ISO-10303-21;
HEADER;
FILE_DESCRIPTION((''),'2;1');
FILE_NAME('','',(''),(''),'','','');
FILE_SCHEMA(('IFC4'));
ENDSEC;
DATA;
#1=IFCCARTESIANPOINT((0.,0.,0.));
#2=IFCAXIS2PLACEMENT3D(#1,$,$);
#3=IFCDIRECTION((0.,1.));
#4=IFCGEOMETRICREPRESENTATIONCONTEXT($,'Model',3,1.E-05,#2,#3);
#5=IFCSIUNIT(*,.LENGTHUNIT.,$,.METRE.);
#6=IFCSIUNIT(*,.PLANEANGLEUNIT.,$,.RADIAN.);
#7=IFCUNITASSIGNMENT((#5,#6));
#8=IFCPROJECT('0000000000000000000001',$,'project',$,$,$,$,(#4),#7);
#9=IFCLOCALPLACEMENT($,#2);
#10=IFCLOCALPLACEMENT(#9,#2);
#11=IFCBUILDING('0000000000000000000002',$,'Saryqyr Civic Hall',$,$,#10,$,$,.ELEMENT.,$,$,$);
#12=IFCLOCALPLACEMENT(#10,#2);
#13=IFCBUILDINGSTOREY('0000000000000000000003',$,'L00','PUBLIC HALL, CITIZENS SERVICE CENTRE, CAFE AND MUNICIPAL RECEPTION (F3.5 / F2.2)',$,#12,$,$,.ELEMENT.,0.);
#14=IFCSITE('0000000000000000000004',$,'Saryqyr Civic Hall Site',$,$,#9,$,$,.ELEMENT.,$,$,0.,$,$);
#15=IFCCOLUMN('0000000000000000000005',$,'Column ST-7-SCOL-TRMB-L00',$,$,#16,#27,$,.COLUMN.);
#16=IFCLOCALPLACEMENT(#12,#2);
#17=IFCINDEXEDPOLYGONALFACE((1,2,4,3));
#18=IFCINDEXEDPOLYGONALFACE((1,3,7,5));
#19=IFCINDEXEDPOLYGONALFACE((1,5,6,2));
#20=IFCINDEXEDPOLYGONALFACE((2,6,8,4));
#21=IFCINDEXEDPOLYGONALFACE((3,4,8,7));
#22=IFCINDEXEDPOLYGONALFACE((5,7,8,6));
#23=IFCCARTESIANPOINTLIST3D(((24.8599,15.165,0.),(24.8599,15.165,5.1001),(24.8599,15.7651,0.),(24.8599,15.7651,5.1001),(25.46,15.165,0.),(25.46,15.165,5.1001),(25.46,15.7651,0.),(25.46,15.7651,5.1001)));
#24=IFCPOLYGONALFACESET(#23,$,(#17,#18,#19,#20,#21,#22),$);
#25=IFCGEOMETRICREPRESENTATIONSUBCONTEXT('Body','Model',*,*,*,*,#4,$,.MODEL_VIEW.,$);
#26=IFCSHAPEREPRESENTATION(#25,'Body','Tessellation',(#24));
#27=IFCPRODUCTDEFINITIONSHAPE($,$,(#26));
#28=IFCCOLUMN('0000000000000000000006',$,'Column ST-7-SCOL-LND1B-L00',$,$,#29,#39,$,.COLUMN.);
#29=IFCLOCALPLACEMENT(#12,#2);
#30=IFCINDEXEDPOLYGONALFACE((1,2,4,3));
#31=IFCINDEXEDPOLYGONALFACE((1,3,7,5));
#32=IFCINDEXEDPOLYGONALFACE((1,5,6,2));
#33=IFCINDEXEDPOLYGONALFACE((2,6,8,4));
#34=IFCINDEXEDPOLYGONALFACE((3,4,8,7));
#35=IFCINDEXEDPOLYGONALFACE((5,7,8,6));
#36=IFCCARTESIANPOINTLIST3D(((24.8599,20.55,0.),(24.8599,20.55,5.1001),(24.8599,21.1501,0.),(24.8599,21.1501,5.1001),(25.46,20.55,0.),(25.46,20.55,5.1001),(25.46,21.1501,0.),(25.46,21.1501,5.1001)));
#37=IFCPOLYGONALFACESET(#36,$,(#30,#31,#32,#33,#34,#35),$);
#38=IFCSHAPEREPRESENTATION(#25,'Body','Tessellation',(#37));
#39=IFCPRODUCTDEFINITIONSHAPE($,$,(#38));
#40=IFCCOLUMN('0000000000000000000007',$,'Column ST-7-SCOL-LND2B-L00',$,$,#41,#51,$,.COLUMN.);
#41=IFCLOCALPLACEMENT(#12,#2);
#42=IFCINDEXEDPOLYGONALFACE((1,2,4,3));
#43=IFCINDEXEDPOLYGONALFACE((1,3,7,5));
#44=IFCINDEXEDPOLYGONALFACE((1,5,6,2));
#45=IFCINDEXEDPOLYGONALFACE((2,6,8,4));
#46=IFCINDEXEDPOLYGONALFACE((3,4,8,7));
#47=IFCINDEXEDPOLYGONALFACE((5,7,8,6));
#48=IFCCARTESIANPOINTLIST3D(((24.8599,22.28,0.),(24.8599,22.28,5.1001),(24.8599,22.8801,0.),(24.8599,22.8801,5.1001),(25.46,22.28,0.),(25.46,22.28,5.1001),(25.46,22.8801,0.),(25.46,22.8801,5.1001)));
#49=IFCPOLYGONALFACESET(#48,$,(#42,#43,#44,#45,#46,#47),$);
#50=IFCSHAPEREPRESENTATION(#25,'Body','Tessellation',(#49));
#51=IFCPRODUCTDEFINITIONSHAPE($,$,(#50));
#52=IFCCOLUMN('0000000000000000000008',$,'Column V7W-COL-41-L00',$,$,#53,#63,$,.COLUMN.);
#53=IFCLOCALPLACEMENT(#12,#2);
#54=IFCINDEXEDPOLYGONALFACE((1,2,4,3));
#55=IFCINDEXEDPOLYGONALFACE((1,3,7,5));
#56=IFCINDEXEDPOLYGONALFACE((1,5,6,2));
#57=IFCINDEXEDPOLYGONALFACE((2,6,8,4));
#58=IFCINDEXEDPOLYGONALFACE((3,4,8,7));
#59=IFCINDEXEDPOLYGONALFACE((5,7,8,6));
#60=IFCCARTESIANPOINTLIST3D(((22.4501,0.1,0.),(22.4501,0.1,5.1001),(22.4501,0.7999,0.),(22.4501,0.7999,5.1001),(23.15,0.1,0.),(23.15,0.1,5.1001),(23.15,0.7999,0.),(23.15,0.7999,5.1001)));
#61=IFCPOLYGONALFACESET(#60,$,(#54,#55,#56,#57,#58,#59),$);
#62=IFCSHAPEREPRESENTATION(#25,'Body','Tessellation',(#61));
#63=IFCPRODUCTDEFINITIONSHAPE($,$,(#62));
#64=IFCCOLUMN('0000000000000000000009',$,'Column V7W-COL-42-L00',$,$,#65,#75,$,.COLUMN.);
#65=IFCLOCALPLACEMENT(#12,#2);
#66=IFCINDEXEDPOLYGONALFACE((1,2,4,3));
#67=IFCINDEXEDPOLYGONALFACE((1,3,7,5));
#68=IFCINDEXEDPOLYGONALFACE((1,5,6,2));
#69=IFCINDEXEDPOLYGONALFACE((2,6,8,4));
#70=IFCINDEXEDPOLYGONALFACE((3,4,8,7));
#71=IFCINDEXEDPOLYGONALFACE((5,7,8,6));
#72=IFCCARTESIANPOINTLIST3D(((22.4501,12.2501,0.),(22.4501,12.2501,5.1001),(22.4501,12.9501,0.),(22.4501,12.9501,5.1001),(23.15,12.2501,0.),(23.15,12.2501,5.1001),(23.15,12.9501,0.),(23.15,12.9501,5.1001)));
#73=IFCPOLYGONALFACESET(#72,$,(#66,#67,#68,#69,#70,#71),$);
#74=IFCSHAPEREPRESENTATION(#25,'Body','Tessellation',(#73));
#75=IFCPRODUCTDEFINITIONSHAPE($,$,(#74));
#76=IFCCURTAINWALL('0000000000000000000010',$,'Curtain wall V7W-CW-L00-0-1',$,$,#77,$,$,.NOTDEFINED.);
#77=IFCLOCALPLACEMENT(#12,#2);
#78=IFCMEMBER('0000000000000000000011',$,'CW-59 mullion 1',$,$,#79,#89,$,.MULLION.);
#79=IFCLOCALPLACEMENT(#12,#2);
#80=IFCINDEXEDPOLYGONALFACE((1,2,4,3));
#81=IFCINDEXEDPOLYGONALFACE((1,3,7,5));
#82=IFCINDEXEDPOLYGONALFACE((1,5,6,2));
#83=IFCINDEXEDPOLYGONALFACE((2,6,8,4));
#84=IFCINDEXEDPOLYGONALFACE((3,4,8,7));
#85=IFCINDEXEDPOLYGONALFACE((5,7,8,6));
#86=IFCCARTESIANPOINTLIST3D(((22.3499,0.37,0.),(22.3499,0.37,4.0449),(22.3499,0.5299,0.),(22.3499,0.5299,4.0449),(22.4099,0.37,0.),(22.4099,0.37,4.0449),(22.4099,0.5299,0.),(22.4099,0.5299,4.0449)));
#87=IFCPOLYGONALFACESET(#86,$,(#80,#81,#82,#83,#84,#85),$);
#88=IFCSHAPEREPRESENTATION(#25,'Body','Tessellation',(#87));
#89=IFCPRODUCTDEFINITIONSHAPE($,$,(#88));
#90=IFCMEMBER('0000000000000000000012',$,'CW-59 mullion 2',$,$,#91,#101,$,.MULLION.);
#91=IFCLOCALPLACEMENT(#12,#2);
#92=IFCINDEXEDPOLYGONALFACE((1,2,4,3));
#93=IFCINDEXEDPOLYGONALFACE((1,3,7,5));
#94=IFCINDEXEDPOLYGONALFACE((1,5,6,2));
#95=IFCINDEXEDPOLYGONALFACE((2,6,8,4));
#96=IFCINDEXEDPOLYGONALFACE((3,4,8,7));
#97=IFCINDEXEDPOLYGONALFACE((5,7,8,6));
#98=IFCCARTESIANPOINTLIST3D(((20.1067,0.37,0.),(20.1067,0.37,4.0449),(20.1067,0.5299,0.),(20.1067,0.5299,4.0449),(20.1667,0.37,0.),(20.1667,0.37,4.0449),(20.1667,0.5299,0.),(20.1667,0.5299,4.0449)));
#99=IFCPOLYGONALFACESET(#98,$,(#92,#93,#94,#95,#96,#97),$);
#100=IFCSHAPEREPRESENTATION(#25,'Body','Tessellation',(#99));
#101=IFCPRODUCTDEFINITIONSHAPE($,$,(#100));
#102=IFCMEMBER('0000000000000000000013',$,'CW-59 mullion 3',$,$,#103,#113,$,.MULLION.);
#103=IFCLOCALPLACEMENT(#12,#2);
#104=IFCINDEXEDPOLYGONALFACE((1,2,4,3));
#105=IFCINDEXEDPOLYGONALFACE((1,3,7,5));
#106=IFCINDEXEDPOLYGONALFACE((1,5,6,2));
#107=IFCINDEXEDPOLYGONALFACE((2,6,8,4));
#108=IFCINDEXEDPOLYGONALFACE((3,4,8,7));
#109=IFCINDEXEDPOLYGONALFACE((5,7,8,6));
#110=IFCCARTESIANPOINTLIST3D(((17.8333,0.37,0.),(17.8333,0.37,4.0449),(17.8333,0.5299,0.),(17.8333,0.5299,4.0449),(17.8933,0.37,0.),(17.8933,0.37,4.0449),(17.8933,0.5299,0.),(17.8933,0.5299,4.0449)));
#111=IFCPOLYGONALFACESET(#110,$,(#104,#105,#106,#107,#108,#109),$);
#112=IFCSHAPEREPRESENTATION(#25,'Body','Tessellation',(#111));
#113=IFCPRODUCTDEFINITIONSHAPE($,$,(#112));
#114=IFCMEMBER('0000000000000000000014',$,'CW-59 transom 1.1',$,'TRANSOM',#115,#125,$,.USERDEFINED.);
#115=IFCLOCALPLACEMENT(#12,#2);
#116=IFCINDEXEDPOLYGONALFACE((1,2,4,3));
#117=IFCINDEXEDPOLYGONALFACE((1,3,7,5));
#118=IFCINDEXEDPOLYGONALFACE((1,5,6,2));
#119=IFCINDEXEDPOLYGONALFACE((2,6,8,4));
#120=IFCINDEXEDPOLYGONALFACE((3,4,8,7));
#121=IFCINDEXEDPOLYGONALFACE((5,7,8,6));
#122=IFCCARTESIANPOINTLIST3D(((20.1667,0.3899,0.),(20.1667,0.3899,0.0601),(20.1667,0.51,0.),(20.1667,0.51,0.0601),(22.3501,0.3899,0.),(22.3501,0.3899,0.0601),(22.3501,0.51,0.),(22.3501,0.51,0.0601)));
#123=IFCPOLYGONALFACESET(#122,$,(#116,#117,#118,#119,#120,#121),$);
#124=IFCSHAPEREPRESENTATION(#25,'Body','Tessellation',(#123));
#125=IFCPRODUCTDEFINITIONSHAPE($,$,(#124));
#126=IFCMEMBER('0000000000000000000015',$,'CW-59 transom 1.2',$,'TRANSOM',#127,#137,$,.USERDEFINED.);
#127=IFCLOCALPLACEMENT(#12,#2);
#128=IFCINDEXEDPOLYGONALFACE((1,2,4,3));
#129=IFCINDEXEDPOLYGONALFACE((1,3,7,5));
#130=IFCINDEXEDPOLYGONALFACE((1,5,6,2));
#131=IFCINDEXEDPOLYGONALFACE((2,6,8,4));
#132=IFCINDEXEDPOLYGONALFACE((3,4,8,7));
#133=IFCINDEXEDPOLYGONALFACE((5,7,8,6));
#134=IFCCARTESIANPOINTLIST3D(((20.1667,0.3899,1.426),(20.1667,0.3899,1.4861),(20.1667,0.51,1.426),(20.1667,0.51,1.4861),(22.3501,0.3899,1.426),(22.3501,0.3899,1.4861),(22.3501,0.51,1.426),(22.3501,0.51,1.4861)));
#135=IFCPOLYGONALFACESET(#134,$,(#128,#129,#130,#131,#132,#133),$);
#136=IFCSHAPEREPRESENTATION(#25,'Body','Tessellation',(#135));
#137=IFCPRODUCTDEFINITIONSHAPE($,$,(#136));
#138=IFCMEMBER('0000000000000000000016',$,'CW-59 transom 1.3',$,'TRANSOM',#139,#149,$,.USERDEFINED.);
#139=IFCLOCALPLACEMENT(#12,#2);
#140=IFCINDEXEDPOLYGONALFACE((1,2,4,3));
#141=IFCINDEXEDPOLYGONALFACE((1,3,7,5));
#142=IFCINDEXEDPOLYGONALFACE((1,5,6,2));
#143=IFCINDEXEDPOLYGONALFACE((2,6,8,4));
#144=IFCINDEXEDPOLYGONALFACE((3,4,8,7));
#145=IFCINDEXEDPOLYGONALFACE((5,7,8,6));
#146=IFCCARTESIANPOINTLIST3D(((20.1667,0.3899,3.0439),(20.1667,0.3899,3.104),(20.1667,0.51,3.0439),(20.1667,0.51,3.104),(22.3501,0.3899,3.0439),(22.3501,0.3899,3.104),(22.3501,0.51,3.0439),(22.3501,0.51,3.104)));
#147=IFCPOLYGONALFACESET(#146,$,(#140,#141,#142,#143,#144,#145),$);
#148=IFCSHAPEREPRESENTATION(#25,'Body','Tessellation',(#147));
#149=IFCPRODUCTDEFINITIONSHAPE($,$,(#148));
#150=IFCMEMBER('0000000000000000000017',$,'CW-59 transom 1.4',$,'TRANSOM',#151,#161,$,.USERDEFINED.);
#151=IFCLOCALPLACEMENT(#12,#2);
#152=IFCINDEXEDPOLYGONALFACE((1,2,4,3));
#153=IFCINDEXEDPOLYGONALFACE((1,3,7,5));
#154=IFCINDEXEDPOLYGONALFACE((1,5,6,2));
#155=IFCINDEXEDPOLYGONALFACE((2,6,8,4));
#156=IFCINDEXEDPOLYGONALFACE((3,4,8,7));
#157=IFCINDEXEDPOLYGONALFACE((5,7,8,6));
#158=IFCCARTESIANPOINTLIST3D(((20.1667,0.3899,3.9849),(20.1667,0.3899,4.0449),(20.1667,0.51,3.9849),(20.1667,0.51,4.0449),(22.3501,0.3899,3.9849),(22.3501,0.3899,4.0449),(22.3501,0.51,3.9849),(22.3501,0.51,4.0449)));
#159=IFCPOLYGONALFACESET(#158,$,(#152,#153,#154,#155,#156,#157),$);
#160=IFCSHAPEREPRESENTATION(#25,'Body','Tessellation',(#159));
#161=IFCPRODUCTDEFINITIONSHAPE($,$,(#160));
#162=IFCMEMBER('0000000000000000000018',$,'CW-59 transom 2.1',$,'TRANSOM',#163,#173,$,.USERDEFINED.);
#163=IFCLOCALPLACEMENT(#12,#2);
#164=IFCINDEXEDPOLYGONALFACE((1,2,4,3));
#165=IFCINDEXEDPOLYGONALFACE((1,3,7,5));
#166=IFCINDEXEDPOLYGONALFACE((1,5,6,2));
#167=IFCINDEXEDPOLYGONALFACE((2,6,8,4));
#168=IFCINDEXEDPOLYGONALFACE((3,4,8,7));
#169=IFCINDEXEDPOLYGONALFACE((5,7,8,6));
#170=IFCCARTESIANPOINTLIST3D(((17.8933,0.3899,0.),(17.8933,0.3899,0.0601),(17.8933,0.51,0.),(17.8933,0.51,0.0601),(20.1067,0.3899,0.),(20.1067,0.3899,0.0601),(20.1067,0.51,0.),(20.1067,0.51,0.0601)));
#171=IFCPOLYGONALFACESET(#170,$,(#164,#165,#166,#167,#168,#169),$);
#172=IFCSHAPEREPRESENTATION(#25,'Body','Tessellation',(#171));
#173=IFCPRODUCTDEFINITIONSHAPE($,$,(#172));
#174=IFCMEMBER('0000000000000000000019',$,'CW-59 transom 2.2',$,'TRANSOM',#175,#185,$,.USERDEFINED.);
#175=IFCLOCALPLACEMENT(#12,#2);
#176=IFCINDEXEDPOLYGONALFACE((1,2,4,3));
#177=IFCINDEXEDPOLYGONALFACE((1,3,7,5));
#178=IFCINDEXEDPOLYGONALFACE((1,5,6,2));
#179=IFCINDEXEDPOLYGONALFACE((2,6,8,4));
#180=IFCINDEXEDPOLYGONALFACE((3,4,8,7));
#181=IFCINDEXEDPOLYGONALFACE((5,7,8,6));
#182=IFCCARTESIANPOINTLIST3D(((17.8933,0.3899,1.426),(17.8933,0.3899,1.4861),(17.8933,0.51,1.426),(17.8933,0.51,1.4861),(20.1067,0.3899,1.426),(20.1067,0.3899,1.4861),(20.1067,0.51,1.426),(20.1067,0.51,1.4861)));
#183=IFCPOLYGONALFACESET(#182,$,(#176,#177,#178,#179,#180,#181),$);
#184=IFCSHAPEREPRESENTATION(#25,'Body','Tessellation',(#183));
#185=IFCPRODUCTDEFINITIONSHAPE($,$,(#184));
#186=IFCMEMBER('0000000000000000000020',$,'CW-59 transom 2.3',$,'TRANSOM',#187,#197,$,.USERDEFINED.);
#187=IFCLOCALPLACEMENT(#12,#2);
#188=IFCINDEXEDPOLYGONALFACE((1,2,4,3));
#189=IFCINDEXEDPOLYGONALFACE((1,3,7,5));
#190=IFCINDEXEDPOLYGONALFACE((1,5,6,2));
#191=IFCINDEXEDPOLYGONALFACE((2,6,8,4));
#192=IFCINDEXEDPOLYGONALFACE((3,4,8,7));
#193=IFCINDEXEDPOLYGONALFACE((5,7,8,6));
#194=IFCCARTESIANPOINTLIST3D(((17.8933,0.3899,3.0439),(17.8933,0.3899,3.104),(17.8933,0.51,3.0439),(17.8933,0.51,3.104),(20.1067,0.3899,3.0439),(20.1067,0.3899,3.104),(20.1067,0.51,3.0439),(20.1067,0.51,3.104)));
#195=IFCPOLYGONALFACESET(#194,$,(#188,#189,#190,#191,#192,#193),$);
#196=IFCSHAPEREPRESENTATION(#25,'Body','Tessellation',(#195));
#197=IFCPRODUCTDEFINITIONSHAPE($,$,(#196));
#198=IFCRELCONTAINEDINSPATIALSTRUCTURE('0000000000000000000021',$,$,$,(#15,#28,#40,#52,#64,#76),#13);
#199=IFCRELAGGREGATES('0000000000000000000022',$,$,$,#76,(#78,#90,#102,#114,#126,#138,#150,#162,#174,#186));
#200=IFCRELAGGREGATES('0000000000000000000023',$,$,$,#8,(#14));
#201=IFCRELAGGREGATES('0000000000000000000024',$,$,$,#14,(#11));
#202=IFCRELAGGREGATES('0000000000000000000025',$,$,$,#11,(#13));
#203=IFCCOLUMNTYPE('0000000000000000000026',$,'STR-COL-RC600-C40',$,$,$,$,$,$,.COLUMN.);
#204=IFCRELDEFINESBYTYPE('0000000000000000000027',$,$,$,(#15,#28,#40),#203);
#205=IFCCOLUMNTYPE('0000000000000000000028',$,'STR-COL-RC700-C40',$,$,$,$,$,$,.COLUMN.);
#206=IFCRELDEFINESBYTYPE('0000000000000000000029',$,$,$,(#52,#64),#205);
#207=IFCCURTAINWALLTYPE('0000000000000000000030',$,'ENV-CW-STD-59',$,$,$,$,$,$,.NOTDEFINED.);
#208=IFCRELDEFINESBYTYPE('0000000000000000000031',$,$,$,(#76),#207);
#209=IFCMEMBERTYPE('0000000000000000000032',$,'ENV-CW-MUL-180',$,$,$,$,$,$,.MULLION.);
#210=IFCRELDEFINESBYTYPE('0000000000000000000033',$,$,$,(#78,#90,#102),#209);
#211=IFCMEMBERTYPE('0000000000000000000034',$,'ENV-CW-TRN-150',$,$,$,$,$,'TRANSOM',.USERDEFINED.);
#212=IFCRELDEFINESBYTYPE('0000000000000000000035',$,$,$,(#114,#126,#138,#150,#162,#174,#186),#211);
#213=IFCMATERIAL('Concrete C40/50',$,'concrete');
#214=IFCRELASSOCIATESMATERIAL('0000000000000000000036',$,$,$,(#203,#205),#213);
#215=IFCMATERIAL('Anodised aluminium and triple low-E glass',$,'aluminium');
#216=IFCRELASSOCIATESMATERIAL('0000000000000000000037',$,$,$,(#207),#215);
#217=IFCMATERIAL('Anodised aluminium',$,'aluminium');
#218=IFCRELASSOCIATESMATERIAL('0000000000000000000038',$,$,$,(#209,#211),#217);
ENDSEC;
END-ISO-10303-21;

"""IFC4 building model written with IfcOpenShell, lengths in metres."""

from ifc_helpers import new_model, si_unit, direction, frame, origin, origin_2d, place, context, subcontext, project, spatial, rectangle, extrude, material, material_profile, profile_set, type_object, element, aggregate, save


model = new_model("IFC4")

# Units and contexts
model_context = context("Model", 3, precision=1e-05, world=origin(), true_north=direction((0.0, 1.0)))
body_context = subcontext(model_context, "Body", "Model", "MODEL_VIEW")
ifc_project = project(units=[si_unit("LENGTHUNIT", "METRE"), si_unit("PLANEANGLEUNIT", "RADIAN")], contexts=[model_context])

# Site, building, storey
site_placement = place(None, origin())
site = spatial("IfcSite", under=ifc_project, at=site_placement, Name="Saryqyr Civic Hall Site", CompositionType="ELEMENT", RefElevation=0.0)
building_placement = place(site_placement, origin())
building = spatial("IfcBuilding", under=site, at=building_placement, Name="Saryqyr Civic Hall", CompositionType="ELEMENT")
storey_placement = place(building_placement, origin())
storey = spatial("IfcBuildingStorey", under=building, at=storey_placement, Name="L00", Description="PUBLIC HALL, CITIZENS SERVICE CENTRE, CAFE AND MUNICIPAL RECEPTION (F3.5 / F2.2)", CompositionType="ELEMENT", Elevation=0.0)

# Columns
ifc_material_1 = material(Name="Concrete C40/50", Category="concrete")
ifc_material_profile_1 = material_profile(ifc_material_1, rectangle(XDim=0.6001, YDim=0.6001, at=origin_2d()), Name="RC 600x600")
ifc_profile_set_1 = profile_set([ifc_material_profile_1], Name="Concrete C40/50")
column_type_1 = type_object("IfcColumnType", Name="STR-COL-RC600-C40", PredefinedType="COLUMN", material=ifc_profile_set_1)
for number, where, z_axis, x_axis, name in (
    (1, (25.1599, 15.4651, 0.0), (0.0, 0.0, 1.0), (1.0, 0.0, 0.0), "Column ST-7-SCOL-TRMB-L00"),
    (2, (25.1599, 20.8501, 0.0), (0.0, 0.0, 1.0), (1.0, 0.0, 0.0), "Column ST-7-SCOL-LND1B-L00"),
    (3, (25.1599, 22.5801, 0.0), (0.0, 0.0, 1.0), (1.0, 0.0, 0.0), "Column ST-7-SCOL-LND2B-L00"),
):
    element("IfcColumn", number, at=place(storey_placement, frame(where, z_axis=z_axis, x_axis=x_axis)), inside=storey, type_object=column_type_1, Name=name, PredefinedType="COLUMN", context=body_context, shape_type="SweptSolid", body=[
        extrude(rectangle(XDim=0.6001, YDim=0.6001, at=origin_2d()), origin(), (0.0, 0.0, 1.0), 5.1001),
    ])
ifc_material_profile_2 = material_profile(ifc_material_1, rectangle(XDim=0.7, YDim=0.7, at=origin_2d()), Name="RC 700x700")
ifc_profile_set_2 = profile_set([ifc_material_profile_2], Name="Concrete C40/50")
column_type_2 = type_object("IfcColumnType", Name="STR-COL-RC700-C40", PredefinedType="COLUMN", material=ifc_profile_set_2)
for number, where, z_axis, x_axis, name in (
    (4, (22.8, 0.45, 0.0), (0.0, 0.0, 1.0), (1.0, 0.0, 0.0), "Column V7W-COL-41-L00"),
    (5, (22.8, 12.6001, 0.0), (0.0, 0.0, 1.0), (1.0, 0.0, 0.0), "Column V7W-COL-42-L00"),
):
    element("IfcColumn", number, at=place(storey_placement, frame(where, z_axis=z_axis, x_axis=x_axis)), inside=storey, type_object=column_type_2, Name=name, PredefinedType="COLUMN", context=body_context, shape_type="SweptSolid", body=[
        extrude(rectangle(XDim=0.7, YDim=0.7, at=origin_2d()), origin(), (0.0, 0.0, 1.0), 5.1001),
    ])

# Curtain wall, members
ifc_material_2 = material(Name="Anodised aluminium and triple low-E glass", Category="aluminium")
curtain_wall_type = type_object("IfcCurtainWallType", Name="ENV-CW-STD-59", PredefinedType="NOTDEFINED", material=ifc_material_2)
curtain_wall_placement = place(storey_placement, origin())
curtain_wall = element("IfcCurtainWall", 6, at=curtain_wall_placement, inside=storey, type_object=curtain_wall_type, Name="Curtain wall V7W-CW-L00-0-1", PredefinedType="NOTDEFINED")
ifc_material_3 = material(Name="Anodised aluminium", Category="aluminium")
ifc_material_profile_3 = material_profile(ifc_material_3, rectangle(XDim=0.0601, YDim=0.1599, at=origin_2d()), Name="ALU MULLION 60x160")
ifc_profile_set_3 = profile_set([ifc_material_profile_3], Name="Anodised aluminium")
member_type_1 = type_object("IfcMemberType", Name="ENV-CW-MUL-180", PredefinedType="MULLION", material=ifc_profile_set_3)
member_1_placement = place(storey_placement, frame((22.3799, 0.45, 0.0), z_axis=(0.0, 0.0, 1.0), x_axis=(-1.0, 0.0, 0.0)))
member_1 = element("IfcMember", 7, at=member_1_placement, type_object=member_type_1, Name="CW-59 mullion 1", PredefinedType="MULLION", context=body_context, shape_type="SweptSolid", body=[
    extrude(rectangle(XDim=0.0601, YDim=0.1599, at=origin_2d()), origin(), (0.0, 0.0, 1.0), 4.0449),
])
member_2_placement = place(storey_placement, frame((20.1367, 0.45, 0.0), z_axis=(0.0, 0.0, 1.0), x_axis=(-1.0, 0.0, 0.0)))
member_2 = element("IfcMember", 8, at=member_2_placement, type_object=member_type_1, Name="CW-59 mullion 2", PredefinedType="MULLION", context=body_context, shape_type="SweptSolid", body=[
    extrude(rectangle(XDim=0.0601, YDim=0.1599, at=origin_2d()), origin(), (0.0, 0.0, 1.0), 4.0449),
])
member_3_placement = place(storey_placement, frame((17.8633, 0.45, 0.0), z_axis=(0.0, 0.0, 1.0), x_axis=(-1.0, 0.0, 0.0)))
member_3 = element("IfcMember", 9, at=member_3_placement, type_object=member_type_1, Name="CW-59 mullion 3", PredefinedType="MULLION", context=body_context, shape_type="SweptSolid", body=[
    extrude(rectangle(XDim=0.0601, YDim=0.1599, at=origin_2d()), origin(), (0.0, 0.0, 1.0), 4.0449),
])
ifc_material_profile_4 = material_profile(ifc_material_3, rectangle(XDim=0.1201, YDim=0.0601, at=origin_2d()), Name="ALU TRANSOM 120x60")
ifc_profile_set_4 = profile_set([ifc_material_profile_4], Name="Anodised aluminium")
member_type_2 = type_object("IfcMemberType", Name="ENV-CW-TRN-150", ElementType="TRANSOM", PredefinedType="USERDEFINED", material=ifc_profile_set_4)
member_4_placement = place(storey_placement, frame((22.3501, 0.45, 0.03), z_axis=(-1.0, 0.0, 0.0), x_axis=(0.0, -1.0, 0.0)))
member_4 = element("IfcMember", 10, at=member_4_placement, type_object=member_type_2, Name="CW-59 transom 1.1", ObjectType="TRANSOM", PredefinedType="USERDEFINED", context=body_context, shape_type="SweptSolid", body=[
    extrude(rectangle(XDim=0.1201, YDim=0.0601, at=origin_2d()), origin(), (0.0, 0.0, 1.0), 2.1833),
])
member_5_placement = place(storey_placement, frame((22.3501, 0.45, 1.4561), z_axis=(-1.0, 0.0, 0.0), x_axis=(0.0, -1.0, 0.0)))
member_5 = element("IfcMember", 11, at=member_5_placement, type_object=member_type_2, Name="CW-59 transom 1.2", ObjectType="TRANSOM", PredefinedType="USERDEFINED", context=body_context, shape_type="SweptSolid", body=[
    extrude(rectangle(XDim=0.1201, YDim=0.0601, at=origin_2d()), origin(), (0.0, 0.0, 1.0), 2.1833),
])
member_6_placement = place(storey_placement, frame((22.3501, 0.45, 3.074), z_axis=(-1.0, 0.0, 0.0), x_axis=(0.0, -1.0, 0.0)))
member_6 = element("IfcMember", 12, at=member_6_placement, type_object=member_type_2, Name="CW-59 transom 1.3", ObjectType="TRANSOM", PredefinedType="USERDEFINED", context=body_context, shape_type="SweptSolid", body=[
    extrude(rectangle(XDim=0.1201, YDim=0.0601, at=origin_2d()), origin(), (0.0, 0.0, 1.0), 2.1833),
])
member_7_placement = place(storey_placement, frame((22.3501, 0.45, 4.0149), z_axis=(-1.0, 0.0, 0.0), x_axis=(0.0, -1.0, 0.0)))
member_7 = element("IfcMember", 13, at=member_7_placement, type_object=member_type_2, Name="CW-59 transom 1.4", ObjectType="TRANSOM", PredefinedType="USERDEFINED", context=body_context, shape_type="SweptSolid", body=[
    extrude(rectangle(XDim=0.1201, YDim=0.0601, at=origin_2d()), origin(), (0.0, 0.0, 1.0), 2.1833),
])
member_8_placement = place(storey_placement, frame((20.1067, 0.45, 0.03), z_axis=(-1.0, 0.0, 0.0), x_axis=(0.0, -1.0, 0.0)))
member_8 = element("IfcMember", 14, at=member_8_placement, type_object=member_type_2, Name="CW-59 transom 2.1", ObjectType="TRANSOM", PredefinedType="USERDEFINED", context=body_context, shape_type="SweptSolid", body=[
    extrude(rectangle(XDim=0.1201, YDim=0.0601, at=origin_2d()), origin(), (0.0, 0.0, 1.0), 2.2134),
])
member_9_placement = place(storey_placement, frame((20.1067, 0.45, 1.4561), z_axis=(-1.0, 0.0, 0.0), x_axis=(0.0, -1.0, 0.0)))
member_9 = element("IfcMember", 15, at=member_9_placement, type_object=member_type_2, Name="CW-59 transom 2.2", ObjectType="TRANSOM", PredefinedType="USERDEFINED", context=body_context, shape_type="SweptSolid", body=[
    extrude(rectangle(XDim=0.1201, YDim=0.0601, at=origin_2d()), origin(), (0.0, 0.0, 1.0), 2.2134),
])
member_10_placement = place(storey_placement, frame((20.1067, 0.45, 3.074), z_axis=(-1.0, 0.0, 0.0), x_axis=(0.0, -1.0, 0.0)))
member_10 = element("IfcMember", 16, at=member_10_placement, type_object=member_type_2, Name="CW-59 transom 2.3", ObjectType="TRANSOM", PredefinedType="USERDEFINED", context=body_context, shape_type="SweptSolid", body=[
    extrude(rectangle(XDim=0.1201, YDim=0.0601, at=origin_2d()), origin(), (0.0, 0.0, 1.0), 2.2134),
])

aggregate(curtain_wall, [member_1, member_2, member_3, member_4, member_5, member_6, member_7, member_8, member_9, member_10])

save(model, "model.ifc")
